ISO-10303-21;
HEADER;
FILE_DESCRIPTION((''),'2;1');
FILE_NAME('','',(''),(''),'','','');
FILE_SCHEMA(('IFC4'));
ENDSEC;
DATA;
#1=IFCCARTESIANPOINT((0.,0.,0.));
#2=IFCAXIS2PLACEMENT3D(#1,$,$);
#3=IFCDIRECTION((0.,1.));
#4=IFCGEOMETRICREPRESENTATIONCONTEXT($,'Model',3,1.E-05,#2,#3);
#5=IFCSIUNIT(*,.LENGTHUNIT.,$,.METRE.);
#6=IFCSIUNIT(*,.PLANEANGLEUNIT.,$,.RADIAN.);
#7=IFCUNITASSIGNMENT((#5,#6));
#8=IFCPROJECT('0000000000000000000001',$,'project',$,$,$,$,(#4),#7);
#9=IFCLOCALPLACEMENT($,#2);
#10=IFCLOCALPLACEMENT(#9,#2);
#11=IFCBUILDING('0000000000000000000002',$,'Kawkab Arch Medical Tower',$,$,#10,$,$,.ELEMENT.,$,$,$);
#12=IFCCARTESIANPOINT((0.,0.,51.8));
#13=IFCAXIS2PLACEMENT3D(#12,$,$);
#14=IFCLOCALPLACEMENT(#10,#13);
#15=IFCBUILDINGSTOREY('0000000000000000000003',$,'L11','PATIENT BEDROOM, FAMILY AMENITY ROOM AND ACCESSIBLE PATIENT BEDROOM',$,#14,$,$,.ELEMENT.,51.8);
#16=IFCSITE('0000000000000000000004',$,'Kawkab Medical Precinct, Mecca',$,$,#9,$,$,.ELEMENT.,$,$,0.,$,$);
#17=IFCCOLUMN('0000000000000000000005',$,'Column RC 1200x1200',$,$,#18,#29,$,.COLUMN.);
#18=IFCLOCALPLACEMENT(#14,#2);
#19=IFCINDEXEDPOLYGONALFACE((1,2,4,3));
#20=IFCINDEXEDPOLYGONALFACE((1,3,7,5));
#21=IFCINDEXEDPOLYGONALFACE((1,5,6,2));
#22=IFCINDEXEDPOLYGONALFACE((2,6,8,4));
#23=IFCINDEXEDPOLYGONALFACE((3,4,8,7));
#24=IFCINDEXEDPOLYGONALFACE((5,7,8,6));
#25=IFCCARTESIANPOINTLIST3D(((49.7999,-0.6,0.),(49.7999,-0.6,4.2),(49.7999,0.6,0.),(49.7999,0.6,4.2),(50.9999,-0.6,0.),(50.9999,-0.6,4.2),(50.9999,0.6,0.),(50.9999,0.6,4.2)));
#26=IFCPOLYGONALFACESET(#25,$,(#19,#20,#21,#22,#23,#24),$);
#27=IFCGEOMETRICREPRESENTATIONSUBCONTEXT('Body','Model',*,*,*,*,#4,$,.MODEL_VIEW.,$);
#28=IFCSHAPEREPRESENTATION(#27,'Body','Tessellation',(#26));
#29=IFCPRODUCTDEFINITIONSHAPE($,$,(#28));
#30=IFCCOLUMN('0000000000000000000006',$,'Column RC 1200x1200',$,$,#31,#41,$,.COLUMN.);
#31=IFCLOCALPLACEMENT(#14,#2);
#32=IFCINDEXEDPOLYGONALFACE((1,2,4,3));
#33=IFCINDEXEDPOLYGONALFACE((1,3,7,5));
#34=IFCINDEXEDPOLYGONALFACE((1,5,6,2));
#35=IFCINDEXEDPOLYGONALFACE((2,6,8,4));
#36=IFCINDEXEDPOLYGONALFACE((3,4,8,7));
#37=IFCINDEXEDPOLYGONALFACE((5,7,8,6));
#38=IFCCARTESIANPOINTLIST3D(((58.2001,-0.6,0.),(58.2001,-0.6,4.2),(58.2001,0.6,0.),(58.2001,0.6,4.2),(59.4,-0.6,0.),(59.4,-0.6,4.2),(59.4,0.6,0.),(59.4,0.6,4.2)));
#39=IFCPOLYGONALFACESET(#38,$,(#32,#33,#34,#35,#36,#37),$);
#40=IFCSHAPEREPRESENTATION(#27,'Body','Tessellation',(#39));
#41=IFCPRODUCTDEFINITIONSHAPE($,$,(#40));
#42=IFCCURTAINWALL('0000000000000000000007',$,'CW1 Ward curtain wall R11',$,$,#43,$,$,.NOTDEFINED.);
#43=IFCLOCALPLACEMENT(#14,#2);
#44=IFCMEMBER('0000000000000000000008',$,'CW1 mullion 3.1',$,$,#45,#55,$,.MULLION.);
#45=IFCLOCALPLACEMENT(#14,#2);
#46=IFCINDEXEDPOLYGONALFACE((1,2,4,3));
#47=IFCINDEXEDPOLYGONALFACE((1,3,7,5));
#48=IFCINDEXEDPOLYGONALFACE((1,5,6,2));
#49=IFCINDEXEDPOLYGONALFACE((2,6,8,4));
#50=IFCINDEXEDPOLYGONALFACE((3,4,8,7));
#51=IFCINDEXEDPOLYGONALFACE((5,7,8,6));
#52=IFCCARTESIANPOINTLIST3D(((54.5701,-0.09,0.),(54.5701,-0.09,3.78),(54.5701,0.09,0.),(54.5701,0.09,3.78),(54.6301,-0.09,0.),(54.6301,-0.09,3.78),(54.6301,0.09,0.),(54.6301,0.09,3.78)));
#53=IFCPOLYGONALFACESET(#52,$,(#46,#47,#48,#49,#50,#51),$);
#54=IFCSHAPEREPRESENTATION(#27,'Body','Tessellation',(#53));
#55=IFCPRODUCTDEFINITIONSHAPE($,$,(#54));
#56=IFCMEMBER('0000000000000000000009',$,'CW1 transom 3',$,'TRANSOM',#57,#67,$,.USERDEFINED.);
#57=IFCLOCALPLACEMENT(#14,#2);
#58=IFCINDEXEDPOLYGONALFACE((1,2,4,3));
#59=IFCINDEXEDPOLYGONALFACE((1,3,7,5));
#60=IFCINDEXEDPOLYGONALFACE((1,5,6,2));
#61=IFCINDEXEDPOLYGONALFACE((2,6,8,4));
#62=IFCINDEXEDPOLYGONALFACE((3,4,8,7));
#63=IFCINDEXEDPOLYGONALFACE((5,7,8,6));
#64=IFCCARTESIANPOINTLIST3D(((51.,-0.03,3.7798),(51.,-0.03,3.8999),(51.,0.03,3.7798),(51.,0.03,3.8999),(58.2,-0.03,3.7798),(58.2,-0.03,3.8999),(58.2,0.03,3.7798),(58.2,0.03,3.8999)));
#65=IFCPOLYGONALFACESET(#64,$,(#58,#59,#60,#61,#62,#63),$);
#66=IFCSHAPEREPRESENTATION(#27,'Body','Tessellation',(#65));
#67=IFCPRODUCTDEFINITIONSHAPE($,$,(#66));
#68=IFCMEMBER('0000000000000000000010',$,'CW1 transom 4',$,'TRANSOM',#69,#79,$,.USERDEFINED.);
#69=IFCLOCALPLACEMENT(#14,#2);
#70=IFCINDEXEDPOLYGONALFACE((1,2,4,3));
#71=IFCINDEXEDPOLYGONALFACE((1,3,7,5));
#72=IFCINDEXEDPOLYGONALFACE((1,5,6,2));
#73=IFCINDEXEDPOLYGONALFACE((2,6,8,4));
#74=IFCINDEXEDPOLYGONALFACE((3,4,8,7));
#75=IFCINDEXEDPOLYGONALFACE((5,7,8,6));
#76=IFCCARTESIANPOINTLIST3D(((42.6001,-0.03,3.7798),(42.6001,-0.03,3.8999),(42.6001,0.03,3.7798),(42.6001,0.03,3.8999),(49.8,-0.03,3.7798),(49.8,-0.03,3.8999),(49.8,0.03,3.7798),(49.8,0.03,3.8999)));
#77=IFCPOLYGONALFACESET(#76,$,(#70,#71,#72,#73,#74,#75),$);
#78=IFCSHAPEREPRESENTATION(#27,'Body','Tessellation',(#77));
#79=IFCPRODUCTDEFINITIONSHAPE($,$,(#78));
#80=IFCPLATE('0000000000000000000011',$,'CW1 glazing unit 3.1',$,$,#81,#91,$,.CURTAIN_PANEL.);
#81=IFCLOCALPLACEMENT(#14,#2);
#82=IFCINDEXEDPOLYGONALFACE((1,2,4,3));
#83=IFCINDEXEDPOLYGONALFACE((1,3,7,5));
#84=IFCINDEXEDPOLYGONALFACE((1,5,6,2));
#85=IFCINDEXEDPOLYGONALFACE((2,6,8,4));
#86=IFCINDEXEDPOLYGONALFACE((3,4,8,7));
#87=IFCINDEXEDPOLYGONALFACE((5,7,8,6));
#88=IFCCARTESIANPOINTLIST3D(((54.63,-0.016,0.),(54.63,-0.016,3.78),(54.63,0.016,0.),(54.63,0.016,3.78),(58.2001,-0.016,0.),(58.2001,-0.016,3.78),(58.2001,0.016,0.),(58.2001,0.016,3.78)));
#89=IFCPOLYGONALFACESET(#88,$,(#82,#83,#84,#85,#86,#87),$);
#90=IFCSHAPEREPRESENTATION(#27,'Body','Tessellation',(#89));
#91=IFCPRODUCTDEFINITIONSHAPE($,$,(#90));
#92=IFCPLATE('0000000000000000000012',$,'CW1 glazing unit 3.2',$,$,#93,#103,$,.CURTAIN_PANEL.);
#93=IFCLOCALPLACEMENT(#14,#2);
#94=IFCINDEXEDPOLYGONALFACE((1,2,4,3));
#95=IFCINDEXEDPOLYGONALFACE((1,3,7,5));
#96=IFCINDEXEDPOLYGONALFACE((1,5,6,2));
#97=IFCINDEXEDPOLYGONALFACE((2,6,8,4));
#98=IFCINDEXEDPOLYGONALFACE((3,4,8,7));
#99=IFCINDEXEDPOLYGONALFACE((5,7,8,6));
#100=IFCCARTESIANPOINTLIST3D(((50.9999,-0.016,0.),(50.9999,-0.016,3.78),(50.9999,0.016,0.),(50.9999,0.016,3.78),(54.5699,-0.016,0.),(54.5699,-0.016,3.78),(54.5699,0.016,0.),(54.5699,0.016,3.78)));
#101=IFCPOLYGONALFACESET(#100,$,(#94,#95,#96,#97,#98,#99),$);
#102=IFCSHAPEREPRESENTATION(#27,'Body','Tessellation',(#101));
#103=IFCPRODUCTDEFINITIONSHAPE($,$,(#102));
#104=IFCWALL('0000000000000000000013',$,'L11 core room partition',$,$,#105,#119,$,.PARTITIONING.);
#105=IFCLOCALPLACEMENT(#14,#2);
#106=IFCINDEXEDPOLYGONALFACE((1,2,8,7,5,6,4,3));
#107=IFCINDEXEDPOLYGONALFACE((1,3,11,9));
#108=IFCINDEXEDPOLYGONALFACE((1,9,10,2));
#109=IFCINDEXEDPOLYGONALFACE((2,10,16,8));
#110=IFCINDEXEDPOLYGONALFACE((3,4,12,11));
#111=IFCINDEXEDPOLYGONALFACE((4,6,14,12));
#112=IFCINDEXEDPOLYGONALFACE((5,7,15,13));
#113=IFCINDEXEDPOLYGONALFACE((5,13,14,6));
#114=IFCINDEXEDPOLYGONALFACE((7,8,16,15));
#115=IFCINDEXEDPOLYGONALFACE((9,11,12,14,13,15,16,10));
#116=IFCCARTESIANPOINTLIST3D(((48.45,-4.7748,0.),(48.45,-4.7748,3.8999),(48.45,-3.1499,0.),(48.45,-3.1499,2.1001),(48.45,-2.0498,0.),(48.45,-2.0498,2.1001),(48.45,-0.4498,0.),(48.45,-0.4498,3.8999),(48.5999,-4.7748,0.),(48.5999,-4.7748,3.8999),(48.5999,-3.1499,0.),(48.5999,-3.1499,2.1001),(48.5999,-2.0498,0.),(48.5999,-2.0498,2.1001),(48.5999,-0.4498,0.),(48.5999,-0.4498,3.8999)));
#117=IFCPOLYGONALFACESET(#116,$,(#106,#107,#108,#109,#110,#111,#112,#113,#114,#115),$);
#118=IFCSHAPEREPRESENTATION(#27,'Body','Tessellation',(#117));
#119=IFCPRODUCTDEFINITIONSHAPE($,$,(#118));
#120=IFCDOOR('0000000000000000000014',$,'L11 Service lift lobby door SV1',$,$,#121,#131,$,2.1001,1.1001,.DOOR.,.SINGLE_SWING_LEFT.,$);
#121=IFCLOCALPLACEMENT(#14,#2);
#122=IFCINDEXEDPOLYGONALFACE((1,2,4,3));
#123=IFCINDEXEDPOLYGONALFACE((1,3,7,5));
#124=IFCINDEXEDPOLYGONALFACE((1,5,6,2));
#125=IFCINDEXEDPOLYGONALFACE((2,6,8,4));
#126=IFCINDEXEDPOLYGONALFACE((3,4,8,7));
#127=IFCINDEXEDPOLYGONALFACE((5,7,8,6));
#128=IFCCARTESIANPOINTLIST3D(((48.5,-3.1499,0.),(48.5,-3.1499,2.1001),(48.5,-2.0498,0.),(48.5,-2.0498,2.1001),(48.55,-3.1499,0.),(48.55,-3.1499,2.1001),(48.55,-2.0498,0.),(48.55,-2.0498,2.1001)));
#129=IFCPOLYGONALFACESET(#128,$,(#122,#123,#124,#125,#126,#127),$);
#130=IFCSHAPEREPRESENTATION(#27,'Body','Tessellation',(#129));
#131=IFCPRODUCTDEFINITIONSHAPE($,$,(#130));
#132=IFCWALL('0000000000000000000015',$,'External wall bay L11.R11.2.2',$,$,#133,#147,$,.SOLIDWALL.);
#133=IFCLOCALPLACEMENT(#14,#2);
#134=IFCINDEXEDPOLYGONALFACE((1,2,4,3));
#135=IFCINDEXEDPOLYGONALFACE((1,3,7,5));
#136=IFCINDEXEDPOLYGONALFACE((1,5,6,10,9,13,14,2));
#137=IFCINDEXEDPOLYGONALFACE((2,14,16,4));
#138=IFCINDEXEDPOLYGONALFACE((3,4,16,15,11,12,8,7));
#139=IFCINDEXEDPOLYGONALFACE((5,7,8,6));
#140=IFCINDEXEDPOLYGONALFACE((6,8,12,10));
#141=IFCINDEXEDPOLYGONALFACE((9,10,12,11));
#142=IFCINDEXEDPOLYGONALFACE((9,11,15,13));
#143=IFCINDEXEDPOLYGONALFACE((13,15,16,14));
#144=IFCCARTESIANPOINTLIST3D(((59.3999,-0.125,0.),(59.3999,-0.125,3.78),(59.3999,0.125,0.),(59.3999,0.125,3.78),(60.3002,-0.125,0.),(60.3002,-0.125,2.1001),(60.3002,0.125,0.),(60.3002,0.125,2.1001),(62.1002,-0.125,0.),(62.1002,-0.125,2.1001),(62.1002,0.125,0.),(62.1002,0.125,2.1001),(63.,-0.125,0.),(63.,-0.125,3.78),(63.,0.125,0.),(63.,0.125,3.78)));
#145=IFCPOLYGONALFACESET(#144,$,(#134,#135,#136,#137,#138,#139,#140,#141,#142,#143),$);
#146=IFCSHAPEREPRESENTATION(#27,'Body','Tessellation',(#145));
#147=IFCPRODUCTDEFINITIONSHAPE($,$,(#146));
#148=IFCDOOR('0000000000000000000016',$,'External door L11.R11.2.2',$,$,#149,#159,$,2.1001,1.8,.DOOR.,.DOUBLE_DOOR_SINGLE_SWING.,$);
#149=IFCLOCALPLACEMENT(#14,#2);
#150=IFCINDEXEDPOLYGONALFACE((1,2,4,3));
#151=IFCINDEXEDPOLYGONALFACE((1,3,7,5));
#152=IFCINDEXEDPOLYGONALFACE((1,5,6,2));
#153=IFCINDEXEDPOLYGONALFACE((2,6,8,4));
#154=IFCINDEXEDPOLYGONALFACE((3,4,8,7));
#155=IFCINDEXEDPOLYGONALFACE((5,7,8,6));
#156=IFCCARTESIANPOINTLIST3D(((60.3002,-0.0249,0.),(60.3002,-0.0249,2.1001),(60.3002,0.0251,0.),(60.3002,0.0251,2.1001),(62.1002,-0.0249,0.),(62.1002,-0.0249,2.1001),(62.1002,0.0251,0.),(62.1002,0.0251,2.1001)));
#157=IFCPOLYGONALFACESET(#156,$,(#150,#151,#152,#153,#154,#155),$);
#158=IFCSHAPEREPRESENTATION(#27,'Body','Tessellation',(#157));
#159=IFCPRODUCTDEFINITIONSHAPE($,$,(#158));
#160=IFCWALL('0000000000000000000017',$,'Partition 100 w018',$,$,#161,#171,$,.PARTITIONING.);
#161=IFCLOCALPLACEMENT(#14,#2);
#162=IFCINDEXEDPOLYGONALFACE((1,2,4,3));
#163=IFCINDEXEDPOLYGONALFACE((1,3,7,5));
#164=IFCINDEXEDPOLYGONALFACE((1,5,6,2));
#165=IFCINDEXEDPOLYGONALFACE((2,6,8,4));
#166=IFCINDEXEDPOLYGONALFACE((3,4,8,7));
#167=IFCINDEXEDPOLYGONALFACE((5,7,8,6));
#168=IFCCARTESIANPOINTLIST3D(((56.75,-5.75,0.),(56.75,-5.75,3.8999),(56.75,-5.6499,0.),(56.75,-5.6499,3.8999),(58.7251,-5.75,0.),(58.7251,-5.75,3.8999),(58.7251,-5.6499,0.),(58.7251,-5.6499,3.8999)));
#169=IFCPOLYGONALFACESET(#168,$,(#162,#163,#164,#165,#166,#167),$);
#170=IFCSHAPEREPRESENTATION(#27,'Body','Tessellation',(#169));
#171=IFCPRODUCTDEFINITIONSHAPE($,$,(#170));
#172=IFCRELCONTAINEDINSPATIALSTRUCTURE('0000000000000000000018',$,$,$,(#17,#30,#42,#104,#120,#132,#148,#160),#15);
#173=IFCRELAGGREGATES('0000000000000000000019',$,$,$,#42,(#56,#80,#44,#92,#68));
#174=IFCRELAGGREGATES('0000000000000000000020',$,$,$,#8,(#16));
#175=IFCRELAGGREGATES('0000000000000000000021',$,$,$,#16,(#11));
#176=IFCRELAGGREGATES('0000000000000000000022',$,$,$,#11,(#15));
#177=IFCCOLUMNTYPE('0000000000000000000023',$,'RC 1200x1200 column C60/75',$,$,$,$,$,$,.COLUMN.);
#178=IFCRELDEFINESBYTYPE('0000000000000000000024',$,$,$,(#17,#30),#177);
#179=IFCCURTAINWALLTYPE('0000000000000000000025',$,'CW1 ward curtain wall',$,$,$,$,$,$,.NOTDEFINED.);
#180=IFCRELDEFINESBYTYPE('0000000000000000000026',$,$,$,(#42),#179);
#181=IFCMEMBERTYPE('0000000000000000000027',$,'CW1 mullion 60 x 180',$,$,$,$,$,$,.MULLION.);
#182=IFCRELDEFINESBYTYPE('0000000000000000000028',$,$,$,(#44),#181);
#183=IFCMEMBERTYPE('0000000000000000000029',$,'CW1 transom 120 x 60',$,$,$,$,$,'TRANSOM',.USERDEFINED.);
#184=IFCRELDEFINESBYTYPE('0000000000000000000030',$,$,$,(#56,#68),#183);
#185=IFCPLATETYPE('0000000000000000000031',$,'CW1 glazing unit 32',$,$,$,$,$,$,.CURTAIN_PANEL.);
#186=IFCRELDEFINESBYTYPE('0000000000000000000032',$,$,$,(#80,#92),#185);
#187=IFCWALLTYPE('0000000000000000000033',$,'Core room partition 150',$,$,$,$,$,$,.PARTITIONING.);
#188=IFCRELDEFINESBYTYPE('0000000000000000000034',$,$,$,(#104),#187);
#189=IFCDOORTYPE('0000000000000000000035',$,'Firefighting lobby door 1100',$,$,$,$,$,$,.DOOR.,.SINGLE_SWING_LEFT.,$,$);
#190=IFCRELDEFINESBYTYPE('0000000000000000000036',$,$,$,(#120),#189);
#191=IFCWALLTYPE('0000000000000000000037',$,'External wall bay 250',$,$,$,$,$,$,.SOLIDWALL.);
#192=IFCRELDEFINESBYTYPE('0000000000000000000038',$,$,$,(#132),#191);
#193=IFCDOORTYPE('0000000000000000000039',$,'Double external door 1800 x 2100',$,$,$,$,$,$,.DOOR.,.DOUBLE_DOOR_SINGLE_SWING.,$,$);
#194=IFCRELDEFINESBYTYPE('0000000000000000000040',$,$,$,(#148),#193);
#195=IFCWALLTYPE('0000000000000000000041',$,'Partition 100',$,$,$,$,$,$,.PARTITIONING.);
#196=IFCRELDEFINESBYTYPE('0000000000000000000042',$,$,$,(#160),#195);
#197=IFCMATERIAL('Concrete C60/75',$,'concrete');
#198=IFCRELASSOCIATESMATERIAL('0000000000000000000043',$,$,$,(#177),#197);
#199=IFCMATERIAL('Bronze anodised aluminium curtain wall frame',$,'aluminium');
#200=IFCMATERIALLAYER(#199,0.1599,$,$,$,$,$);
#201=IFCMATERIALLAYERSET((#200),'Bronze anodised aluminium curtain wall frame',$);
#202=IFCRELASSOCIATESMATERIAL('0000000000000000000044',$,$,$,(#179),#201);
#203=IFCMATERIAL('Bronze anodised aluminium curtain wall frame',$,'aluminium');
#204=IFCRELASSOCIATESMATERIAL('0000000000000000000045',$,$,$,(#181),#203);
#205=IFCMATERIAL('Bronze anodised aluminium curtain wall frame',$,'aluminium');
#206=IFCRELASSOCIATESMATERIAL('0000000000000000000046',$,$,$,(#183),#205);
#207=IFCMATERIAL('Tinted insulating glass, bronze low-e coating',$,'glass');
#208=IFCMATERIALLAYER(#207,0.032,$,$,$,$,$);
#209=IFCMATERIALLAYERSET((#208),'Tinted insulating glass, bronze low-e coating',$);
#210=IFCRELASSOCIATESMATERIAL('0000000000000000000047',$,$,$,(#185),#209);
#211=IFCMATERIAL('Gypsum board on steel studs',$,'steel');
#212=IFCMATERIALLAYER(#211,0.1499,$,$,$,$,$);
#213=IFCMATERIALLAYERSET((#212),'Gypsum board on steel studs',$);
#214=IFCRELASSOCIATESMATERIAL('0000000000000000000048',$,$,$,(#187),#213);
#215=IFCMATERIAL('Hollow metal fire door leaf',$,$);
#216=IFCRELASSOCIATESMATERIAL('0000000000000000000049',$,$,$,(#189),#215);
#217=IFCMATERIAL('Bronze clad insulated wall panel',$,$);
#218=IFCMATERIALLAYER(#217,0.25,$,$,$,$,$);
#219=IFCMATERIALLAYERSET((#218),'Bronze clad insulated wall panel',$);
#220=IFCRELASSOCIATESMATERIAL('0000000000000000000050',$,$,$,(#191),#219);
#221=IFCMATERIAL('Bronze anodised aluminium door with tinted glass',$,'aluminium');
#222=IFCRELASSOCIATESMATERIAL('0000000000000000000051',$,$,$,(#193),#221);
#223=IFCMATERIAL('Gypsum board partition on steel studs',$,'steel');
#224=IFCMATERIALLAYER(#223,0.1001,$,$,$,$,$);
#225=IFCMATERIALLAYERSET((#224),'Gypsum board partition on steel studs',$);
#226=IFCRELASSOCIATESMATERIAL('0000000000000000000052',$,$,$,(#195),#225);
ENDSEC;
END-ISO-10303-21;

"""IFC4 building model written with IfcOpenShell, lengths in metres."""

from ifc_helpers import new_model, si_unit, direction, frame, frame_2d, origin, origin_2d, place, context, subcontext, project, spatial, rectangle, extrude, material, layer, layer_set, material_profile, profile_set, type_object, element, fill, aggregate, save


model = new_model("IFC4")

# Units and contexts
model_context = context("Model", 3, precision=1e-05, world=origin(), true_north=direction((0.0, 1.0)))
body_context = subcontext(model_context, "Body", "Model", "MODEL_VIEW")
ifc_project = project(units=[si_unit("LENGTHUNIT", "METRE"), si_unit("PLANEANGLEUNIT", "RADIAN")], contexts=[model_context])

# Site, building, storey
site_placement = place(None, origin())
site = spatial("IfcSite", under=ifc_project, at=site_placement, Name="Kawkab Medical Precinct, Mecca", CompositionType="ELEMENT", RefElevation=0.0)
building_placement = place(site_placement, origin())
building = spatial("IfcBuilding", under=site, at=building_placement, Name="Kawkab Arch Medical Tower", CompositionType="ELEMENT")
storey_placement = place(building_placement, frame((0.0, 0.0, 51.8)))
storey = spatial("IfcBuildingStorey", under=building, at=storey_placement, Name="L11", Description="PATIENT BEDROOM, FAMILY AMENITY ROOM AND ACCESSIBLE PATIENT BEDROOM", CompositionType="ELEMENT", Elevation=51.8)

# Columns
ifc_material_1 = material(Name="Concrete C60/75", Category="concrete")
ifc_material_profile_1 = material_profile(ifc_material_1, rectangle(XDim=1.2, YDim=1.2, at=origin_2d()), Name="RC 1200x1200")
ifc_profile_set_1 = profile_set([ifc_material_profile_1], Name="Concrete C60/75")
column_type = type_object("IfcColumnType", Name="RC 1200x1200 column C60/75", PredefinedType="COLUMN", material=ifc_profile_set_1)
for number, where, z_axis, x_axis, name in (
    (1, (50.3999, 0.0, 0.0), (0.0, 0.0, 1.0), (1.0, 0.0, 0.0), "Column RC 1200x1200"),
    (2, (58.8, 0.0, 0.0), (0.0, 0.0, 1.0), (1.0, 0.0, 0.0), "Column RC 1200x1200"),
):
    element("IfcColumn", number, at=place(storey_placement, frame(where, z_axis=z_axis, x_axis=x_axis)), inside=storey, type_object=column_type, Name=name, PredefinedType="COLUMN", context=body_context, shape_type="SweptSolid", body=[
        extrude(rectangle(XDim=1.2, YDim=1.2, at=origin_2d()), origin(), (0.0, 0.0, 1.0), 4.2),
    ])

# Curtain wall, members, plates
ifc_material_2 = material(Name="Bronze anodised aluminium curtain wall frame", Category="aluminium")
ifc_layer_1 = layer(ifc_material_2, 0.1599)
ifc_layer_set_1 = layer_set([ifc_layer_1], Name="Bronze anodised aluminium curtain wall frame")
curtain_wall_type = type_object("IfcCurtainWallType", Name="CW1 ward curtain wall", PredefinedType="NOTDEFINED", material=ifc_layer_set_1)
curtain_wall_placement = place(storey_placement, origin())
curtain_wall = element("IfcCurtainWall", 3, at=curtain_wall_placement, inside=storey, type_object=curtain_wall_type, Name="CW1 Ward curtain wall R11", PredefinedType="NOTDEFINED")
ifc_material_3 = material(Name="Bronze anodised aluminium curtain wall frame", Category="aluminium")
ifc_material_profile_2 = material_profile(ifc_material_3, rectangle(XDim=0.1799, YDim=0.0601, at=origin_2d()), Name="AL 60x180")
ifc_profile_set_2 = profile_set([ifc_material_profile_2], Name="Bronze anodised aluminium curtain wall frame")
member_type_1 = type_object("IfcMemberType", Name="CW1 mullion 60 x 180", PredefinedType="MULLION", material=ifc_profile_set_2)
member_1_placement = place(storey_placement, frame((54.6001, 0.0, 0.0), z_axis=(0.0, 0.0, 1.0), x_axis=(0.0, -1.0, 0.0)))
member_1 = element("IfcMember", 4, at=member_1_placement, type_object=member_type_1, Name="CW1 mullion 3.1", PredefinedType="MULLION", context=body_context, shape_type="SweptSolid", body=[
    extrude(rectangle(XDim=0.1799, YDim=0.0601, at=origin_2d()), origin(), (0.0, 0.0, 1.0), 3.78),
])
ifc_material_4 = material(Name="Bronze anodised aluminium curtain wall frame", Category="aluminium")
ifc_material_profile_3 = material_profile(ifc_material_4, rectangle(XDim=0.0601, YDim=0.1201, at=origin_2d()), Name="AL 60x120")
ifc_profile_set_3 = profile_set([ifc_material_profile_3], Name="Bronze anodised aluminium curtain wall frame")
member_type_2 = type_object("IfcMemberType", Name="CW1 transom 120 x 60", ElementType="TRANSOM", PredefinedType="USERDEFINED", material=ifc_profile_set_3)
member_2_placement = place(storey_placement, frame((58.2, 0.0, 3.8398), z_axis=(-1.0, 0.0, 0.0), x_axis=(0.0, -1.0, 0.0)))
member_2 = element("IfcMember", 5, at=member_2_placement, type_object=member_type_2, Name="CW1 transom 3", ObjectType="TRANSOM", PredefinedType="USERDEFINED", context=body_context, shape_type="SweptSolid", body=[
    extrude(rectangle(XDim=0.0601, YDim=0.1201, at=origin_2d()), origin(), (0.0, 0.0, 1.0), 7.2),
])
member_3_placement = place(storey_placement, frame((49.8, 0.0, 3.8398), z_axis=(-1.0, 0.0, 0.0), x_axis=(0.0, -1.0, 0.0)))
member_3 = element("IfcMember", 6, at=member_3_placement, type_object=member_type_2, Name="CW1 transom 4", ObjectType="TRANSOM", PredefinedType="USERDEFINED", context=body_context, shape_type="SweptSolid", body=[
    extrude(rectangle(XDim=0.0601, YDim=0.1201, at=origin_2d()), origin(), (0.0, 0.0, 1.0), 7.2),
])
ifc_material_5 = material(Name="Tinted insulating glass, bronze low-e coating", Category="glass")
ifc_layer_2 = layer(ifc_material_5, 0.032)
ifc_layer_set_2 = layer_set([ifc_layer_2], Name="Tinted insulating glass, bronze low-e coating")
plate_type = type_object("IfcPlateType", Name="CW1 glazing unit 32", PredefinedType="CURTAIN_PANEL", material=ifc_layer_set_2)
plate_1_placement = place(storey_placement, frame((56.415, 0.0, 0.0), z_axis=(0.0, 0.0, 1.0), x_axis=(-1.0, 0.0, 0.0)))
plate_1 = element("IfcPlate", 7, at=plate_1_placement, type_object=plate_type, Name="CW1 glazing unit 3.1", PredefinedType="CURTAIN_PANEL", context=body_context, shape_type="SweptSolid", body=[
    extrude(rectangle(XDim=3.5701, YDim=0.032, at=origin_2d()), origin(), (0.0, 0.0, 1.0), 3.78),
])
plate_2_placement = place(storey_placement, frame((52.7849, 0.0, 0.0), z_axis=(0.0, 0.0, 1.0), x_axis=(-1.0, 0.0, 0.0)))
plate_2 = element("IfcPlate", 8, at=plate_2_placement, type_object=plate_type, Name="CW1 glazing unit 3.2", PredefinedType="CURTAIN_PANEL", context=body_context, shape_type="SweptSolid", body=[
    extrude(rectangle(XDim=3.5701, YDim=0.032, at=origin_2d()), origin(), (0.0, 0.0, 1.0), 3.78),
])
aggregate(curtain_wall, [member_2, plate_1, member_1, plate_2, member_3])

# Walls, openings, doors
ifc_material_6 = material(Name="Gypsum board on steel studs", Category="steel")
ifc_layer_3 = layer(ifc_material_6, 0.1499)
ifc_layer_set_3 = layer_set([ifc_layer_3], Name="Gypsum board on steel studs")
wall_type_1 = type_object("IfcWallType", Name="Core room partition 150", PredefinedType="PARTITIONING", material=ifc_layer_set_3)
wall_1_placement = place(storey_placement, frame((48.5249, -4.7749, 0.0), z_axis=(0.0, 0.0, 1.0), x_axis=(0.0, 1.0, 0.0)))
wall_1 = element("IfcWall", 9, at=wall_1_placement, inside=storey, type_object=wall_type_1, Name="L11 core room partition", PredefinedType="PARTITIONING", context=body_context, shape_type="SweptSolid", body=[
    extrude(rectangle(XDim=4.325, YDim=0.1499, at=frame_2d((2.1626, 0.0))), origin(), (0.0, 0.0, 1.0), 3.8999),
])
opening_1_placement = place(wall_1_placement, frame((1.625, 0.0, 0.0)))
opening_1 = element("IfcOpeningElement", 10, at=opening_1_placement, cuts=wall_1, PredefinedType="OPENING", context=body_context, shape_type="SweptSolid", body=[
    extrude(rectangle(XDim=1.1001, YDim=2.1001, at=frame_2d((0.55, 1.05))), frame((0.0, 0.085, 0.0), z_axis=(0.0, -1.0, 0.0), x_axis=(1.0, 0.0, 0.0)), (0.0, 0.0, 1.0), 0.1699),
])
ifc_material_7 = material(Name="Hollow metal fire door leaf")
door_type_1 = type_object("IfcDoorType", Name="Firefighting lobby door 1100", OperationType="SINGLE_SWING_LEFT", PredefinedType="DOOR", material=ifc_material_7)
door_1_placement = place(opening_1_placement, origin())
door_1 = element("IfcDoor", 11, at=door_1_placement, inside=storey, type_object=door_type_1, Name="L11 Service lift lobby door SV1", OperationType="SINGLE_SWING_LEFT", OverallHeight=2.1001, OverallWidth=1.1001, PredefinedType="DOOR", context=body_context, shape_type="SweptSolid", body=[
    extrude(rectangle(XDim=1.1001, YDim=2.1001, at=frame_2d((0.55, 1.05))), frame((0.0, 0.0249, 0.0), z_axis=(0.0, -1.0, 0.0), x_axis=(1.0, 0.0, 0.0)), (0.0, 0.0, 1.0), 0.05),
])
fill(opening_1, door_1)
ifc_material_8 = material(Name="Bronze clad insulated wall panel")
ifc_layer_4 = layer(ifc_material_8, 0.25)
ifc_layer_set_4 = layer_set([ifc_layer_4], Name="Bronze clad insulated wall panel")
wall_type_2 = type_object("IfcWallType", Name="External wall bay 250", PredefinedType="SOLIDWALL", material=ifc_layer_set_4)
wall_2_placement = place(storey_placement, frame((63.0, 0.0, 0.0), z_axis=(0.0, 0.0, 1.0), x_axis=(-1.0, 0.0, 0.0)))
wall_2 = element("IfcWall", 12, at=wall_2_placement, inside=storey, type_object=wall_type_2, Name="External wall bay L11.R11.2.2", PredefinedType="SOLIDWALL", context=body_context, shape_type="SweptSolid", body=[
    extrude(rectangle(XDim=3.6001, YDim=0.25, at=frame_2d((1.8, 0.0))), origin(), (0.0, 0.0, 1.0), 3.78),
])
opening_2_placement = place(wall_2_placement, frame((0.8999, 0.0, 0.0)))
opening_2 = element("IfcOpeningElement", 13, at=opening_2_placement, cuts=wall_2, PredefinedType="OPENING", context=body_context, shape_type="SweptSolid", body=[
    extrude(rectangle(XDim=1.8, YDim=2.1001, at=frame_2d((0.8999, 1.05))), frame((0.0, 0.135, 0.0), z_axis=(0.0, -1.0, 0.0), x_axis=(1.0, 0.0, 0.0)), (0.0, 0.0, 1.0), 0.27),
])
ifc_material_9 = material(Name="Bronze anodised aluminium door with tinted glass", Category="aluminium")
door_type_2 = type_object("IfcDoorType", Name="Double external door 1800 x 2100", OperationType="DOUBLE_DOOR_SINGLE_SWING", PredefinedType="DOOR", material=ifc_material_9)
door_2_placement = place(opening_2_placement, origin())
door_2 = element("IfcDoor", 14, at=door_2_placement, inside=storey, type_object=door_type_2, Name="External door L11.R11.2.2", OperationType="DOUBLE_DOOR_SINGLE_SWING", OverallHeight=2.1001, OverallWidth=1.8, PredefinedType="DOOR", context=body_context, shape_type="SweptSolid", body=[
    extrude(rectangle(XDim=1.8, YDim=2.1001, at=frame_2d((0.8999, 1.05))), frame((0.0, 0.0249, 0.0), z_axis=(0.0, -1.0, 0.0), x_axis=(1.0, 0.0, 0.0)), (0.0, 0.0, 1.0), 0.05),
])
fill(opening_2, door_2)

# Wall
ifc_material_10 = material(Name="Gypsum board partition on steel studs", Category="steel")
ifc_layer_5 = layer(ifc_material_10, 0.1001)
ifc_layer_set_5 = layer_set([ifc_layer_5], Name="Gypsum board partition on steel studs")
wall_type_3 = type_object("IfcWallType", Name="Partition 100", PredefinedType="PARTITIONING", material=ifc_layer_set_5)
wall_3_placement = place(storey_placement, frame((56.75, -5.7, 0.0), z_axis=(0.0, 0.0, 1.0), x_axis=(1.0, 0.0, 0.0)))
element("IfcWall", 15, at=wall_3_placement, inside=storey, type_object=wall_type_3, Name="Partition 100 w018", PredefinedType="PARTITIONING", context=body_context, shape_type="SweptSolid", body=[
    extrude(rectangle(XDim=1.9751, YDim=0.1001, at=frame_2d((0.9875, 0.0))), origin(), (0.0, 0.0, 1.0), 3.8999),
])

save(model, "model.ifc")
